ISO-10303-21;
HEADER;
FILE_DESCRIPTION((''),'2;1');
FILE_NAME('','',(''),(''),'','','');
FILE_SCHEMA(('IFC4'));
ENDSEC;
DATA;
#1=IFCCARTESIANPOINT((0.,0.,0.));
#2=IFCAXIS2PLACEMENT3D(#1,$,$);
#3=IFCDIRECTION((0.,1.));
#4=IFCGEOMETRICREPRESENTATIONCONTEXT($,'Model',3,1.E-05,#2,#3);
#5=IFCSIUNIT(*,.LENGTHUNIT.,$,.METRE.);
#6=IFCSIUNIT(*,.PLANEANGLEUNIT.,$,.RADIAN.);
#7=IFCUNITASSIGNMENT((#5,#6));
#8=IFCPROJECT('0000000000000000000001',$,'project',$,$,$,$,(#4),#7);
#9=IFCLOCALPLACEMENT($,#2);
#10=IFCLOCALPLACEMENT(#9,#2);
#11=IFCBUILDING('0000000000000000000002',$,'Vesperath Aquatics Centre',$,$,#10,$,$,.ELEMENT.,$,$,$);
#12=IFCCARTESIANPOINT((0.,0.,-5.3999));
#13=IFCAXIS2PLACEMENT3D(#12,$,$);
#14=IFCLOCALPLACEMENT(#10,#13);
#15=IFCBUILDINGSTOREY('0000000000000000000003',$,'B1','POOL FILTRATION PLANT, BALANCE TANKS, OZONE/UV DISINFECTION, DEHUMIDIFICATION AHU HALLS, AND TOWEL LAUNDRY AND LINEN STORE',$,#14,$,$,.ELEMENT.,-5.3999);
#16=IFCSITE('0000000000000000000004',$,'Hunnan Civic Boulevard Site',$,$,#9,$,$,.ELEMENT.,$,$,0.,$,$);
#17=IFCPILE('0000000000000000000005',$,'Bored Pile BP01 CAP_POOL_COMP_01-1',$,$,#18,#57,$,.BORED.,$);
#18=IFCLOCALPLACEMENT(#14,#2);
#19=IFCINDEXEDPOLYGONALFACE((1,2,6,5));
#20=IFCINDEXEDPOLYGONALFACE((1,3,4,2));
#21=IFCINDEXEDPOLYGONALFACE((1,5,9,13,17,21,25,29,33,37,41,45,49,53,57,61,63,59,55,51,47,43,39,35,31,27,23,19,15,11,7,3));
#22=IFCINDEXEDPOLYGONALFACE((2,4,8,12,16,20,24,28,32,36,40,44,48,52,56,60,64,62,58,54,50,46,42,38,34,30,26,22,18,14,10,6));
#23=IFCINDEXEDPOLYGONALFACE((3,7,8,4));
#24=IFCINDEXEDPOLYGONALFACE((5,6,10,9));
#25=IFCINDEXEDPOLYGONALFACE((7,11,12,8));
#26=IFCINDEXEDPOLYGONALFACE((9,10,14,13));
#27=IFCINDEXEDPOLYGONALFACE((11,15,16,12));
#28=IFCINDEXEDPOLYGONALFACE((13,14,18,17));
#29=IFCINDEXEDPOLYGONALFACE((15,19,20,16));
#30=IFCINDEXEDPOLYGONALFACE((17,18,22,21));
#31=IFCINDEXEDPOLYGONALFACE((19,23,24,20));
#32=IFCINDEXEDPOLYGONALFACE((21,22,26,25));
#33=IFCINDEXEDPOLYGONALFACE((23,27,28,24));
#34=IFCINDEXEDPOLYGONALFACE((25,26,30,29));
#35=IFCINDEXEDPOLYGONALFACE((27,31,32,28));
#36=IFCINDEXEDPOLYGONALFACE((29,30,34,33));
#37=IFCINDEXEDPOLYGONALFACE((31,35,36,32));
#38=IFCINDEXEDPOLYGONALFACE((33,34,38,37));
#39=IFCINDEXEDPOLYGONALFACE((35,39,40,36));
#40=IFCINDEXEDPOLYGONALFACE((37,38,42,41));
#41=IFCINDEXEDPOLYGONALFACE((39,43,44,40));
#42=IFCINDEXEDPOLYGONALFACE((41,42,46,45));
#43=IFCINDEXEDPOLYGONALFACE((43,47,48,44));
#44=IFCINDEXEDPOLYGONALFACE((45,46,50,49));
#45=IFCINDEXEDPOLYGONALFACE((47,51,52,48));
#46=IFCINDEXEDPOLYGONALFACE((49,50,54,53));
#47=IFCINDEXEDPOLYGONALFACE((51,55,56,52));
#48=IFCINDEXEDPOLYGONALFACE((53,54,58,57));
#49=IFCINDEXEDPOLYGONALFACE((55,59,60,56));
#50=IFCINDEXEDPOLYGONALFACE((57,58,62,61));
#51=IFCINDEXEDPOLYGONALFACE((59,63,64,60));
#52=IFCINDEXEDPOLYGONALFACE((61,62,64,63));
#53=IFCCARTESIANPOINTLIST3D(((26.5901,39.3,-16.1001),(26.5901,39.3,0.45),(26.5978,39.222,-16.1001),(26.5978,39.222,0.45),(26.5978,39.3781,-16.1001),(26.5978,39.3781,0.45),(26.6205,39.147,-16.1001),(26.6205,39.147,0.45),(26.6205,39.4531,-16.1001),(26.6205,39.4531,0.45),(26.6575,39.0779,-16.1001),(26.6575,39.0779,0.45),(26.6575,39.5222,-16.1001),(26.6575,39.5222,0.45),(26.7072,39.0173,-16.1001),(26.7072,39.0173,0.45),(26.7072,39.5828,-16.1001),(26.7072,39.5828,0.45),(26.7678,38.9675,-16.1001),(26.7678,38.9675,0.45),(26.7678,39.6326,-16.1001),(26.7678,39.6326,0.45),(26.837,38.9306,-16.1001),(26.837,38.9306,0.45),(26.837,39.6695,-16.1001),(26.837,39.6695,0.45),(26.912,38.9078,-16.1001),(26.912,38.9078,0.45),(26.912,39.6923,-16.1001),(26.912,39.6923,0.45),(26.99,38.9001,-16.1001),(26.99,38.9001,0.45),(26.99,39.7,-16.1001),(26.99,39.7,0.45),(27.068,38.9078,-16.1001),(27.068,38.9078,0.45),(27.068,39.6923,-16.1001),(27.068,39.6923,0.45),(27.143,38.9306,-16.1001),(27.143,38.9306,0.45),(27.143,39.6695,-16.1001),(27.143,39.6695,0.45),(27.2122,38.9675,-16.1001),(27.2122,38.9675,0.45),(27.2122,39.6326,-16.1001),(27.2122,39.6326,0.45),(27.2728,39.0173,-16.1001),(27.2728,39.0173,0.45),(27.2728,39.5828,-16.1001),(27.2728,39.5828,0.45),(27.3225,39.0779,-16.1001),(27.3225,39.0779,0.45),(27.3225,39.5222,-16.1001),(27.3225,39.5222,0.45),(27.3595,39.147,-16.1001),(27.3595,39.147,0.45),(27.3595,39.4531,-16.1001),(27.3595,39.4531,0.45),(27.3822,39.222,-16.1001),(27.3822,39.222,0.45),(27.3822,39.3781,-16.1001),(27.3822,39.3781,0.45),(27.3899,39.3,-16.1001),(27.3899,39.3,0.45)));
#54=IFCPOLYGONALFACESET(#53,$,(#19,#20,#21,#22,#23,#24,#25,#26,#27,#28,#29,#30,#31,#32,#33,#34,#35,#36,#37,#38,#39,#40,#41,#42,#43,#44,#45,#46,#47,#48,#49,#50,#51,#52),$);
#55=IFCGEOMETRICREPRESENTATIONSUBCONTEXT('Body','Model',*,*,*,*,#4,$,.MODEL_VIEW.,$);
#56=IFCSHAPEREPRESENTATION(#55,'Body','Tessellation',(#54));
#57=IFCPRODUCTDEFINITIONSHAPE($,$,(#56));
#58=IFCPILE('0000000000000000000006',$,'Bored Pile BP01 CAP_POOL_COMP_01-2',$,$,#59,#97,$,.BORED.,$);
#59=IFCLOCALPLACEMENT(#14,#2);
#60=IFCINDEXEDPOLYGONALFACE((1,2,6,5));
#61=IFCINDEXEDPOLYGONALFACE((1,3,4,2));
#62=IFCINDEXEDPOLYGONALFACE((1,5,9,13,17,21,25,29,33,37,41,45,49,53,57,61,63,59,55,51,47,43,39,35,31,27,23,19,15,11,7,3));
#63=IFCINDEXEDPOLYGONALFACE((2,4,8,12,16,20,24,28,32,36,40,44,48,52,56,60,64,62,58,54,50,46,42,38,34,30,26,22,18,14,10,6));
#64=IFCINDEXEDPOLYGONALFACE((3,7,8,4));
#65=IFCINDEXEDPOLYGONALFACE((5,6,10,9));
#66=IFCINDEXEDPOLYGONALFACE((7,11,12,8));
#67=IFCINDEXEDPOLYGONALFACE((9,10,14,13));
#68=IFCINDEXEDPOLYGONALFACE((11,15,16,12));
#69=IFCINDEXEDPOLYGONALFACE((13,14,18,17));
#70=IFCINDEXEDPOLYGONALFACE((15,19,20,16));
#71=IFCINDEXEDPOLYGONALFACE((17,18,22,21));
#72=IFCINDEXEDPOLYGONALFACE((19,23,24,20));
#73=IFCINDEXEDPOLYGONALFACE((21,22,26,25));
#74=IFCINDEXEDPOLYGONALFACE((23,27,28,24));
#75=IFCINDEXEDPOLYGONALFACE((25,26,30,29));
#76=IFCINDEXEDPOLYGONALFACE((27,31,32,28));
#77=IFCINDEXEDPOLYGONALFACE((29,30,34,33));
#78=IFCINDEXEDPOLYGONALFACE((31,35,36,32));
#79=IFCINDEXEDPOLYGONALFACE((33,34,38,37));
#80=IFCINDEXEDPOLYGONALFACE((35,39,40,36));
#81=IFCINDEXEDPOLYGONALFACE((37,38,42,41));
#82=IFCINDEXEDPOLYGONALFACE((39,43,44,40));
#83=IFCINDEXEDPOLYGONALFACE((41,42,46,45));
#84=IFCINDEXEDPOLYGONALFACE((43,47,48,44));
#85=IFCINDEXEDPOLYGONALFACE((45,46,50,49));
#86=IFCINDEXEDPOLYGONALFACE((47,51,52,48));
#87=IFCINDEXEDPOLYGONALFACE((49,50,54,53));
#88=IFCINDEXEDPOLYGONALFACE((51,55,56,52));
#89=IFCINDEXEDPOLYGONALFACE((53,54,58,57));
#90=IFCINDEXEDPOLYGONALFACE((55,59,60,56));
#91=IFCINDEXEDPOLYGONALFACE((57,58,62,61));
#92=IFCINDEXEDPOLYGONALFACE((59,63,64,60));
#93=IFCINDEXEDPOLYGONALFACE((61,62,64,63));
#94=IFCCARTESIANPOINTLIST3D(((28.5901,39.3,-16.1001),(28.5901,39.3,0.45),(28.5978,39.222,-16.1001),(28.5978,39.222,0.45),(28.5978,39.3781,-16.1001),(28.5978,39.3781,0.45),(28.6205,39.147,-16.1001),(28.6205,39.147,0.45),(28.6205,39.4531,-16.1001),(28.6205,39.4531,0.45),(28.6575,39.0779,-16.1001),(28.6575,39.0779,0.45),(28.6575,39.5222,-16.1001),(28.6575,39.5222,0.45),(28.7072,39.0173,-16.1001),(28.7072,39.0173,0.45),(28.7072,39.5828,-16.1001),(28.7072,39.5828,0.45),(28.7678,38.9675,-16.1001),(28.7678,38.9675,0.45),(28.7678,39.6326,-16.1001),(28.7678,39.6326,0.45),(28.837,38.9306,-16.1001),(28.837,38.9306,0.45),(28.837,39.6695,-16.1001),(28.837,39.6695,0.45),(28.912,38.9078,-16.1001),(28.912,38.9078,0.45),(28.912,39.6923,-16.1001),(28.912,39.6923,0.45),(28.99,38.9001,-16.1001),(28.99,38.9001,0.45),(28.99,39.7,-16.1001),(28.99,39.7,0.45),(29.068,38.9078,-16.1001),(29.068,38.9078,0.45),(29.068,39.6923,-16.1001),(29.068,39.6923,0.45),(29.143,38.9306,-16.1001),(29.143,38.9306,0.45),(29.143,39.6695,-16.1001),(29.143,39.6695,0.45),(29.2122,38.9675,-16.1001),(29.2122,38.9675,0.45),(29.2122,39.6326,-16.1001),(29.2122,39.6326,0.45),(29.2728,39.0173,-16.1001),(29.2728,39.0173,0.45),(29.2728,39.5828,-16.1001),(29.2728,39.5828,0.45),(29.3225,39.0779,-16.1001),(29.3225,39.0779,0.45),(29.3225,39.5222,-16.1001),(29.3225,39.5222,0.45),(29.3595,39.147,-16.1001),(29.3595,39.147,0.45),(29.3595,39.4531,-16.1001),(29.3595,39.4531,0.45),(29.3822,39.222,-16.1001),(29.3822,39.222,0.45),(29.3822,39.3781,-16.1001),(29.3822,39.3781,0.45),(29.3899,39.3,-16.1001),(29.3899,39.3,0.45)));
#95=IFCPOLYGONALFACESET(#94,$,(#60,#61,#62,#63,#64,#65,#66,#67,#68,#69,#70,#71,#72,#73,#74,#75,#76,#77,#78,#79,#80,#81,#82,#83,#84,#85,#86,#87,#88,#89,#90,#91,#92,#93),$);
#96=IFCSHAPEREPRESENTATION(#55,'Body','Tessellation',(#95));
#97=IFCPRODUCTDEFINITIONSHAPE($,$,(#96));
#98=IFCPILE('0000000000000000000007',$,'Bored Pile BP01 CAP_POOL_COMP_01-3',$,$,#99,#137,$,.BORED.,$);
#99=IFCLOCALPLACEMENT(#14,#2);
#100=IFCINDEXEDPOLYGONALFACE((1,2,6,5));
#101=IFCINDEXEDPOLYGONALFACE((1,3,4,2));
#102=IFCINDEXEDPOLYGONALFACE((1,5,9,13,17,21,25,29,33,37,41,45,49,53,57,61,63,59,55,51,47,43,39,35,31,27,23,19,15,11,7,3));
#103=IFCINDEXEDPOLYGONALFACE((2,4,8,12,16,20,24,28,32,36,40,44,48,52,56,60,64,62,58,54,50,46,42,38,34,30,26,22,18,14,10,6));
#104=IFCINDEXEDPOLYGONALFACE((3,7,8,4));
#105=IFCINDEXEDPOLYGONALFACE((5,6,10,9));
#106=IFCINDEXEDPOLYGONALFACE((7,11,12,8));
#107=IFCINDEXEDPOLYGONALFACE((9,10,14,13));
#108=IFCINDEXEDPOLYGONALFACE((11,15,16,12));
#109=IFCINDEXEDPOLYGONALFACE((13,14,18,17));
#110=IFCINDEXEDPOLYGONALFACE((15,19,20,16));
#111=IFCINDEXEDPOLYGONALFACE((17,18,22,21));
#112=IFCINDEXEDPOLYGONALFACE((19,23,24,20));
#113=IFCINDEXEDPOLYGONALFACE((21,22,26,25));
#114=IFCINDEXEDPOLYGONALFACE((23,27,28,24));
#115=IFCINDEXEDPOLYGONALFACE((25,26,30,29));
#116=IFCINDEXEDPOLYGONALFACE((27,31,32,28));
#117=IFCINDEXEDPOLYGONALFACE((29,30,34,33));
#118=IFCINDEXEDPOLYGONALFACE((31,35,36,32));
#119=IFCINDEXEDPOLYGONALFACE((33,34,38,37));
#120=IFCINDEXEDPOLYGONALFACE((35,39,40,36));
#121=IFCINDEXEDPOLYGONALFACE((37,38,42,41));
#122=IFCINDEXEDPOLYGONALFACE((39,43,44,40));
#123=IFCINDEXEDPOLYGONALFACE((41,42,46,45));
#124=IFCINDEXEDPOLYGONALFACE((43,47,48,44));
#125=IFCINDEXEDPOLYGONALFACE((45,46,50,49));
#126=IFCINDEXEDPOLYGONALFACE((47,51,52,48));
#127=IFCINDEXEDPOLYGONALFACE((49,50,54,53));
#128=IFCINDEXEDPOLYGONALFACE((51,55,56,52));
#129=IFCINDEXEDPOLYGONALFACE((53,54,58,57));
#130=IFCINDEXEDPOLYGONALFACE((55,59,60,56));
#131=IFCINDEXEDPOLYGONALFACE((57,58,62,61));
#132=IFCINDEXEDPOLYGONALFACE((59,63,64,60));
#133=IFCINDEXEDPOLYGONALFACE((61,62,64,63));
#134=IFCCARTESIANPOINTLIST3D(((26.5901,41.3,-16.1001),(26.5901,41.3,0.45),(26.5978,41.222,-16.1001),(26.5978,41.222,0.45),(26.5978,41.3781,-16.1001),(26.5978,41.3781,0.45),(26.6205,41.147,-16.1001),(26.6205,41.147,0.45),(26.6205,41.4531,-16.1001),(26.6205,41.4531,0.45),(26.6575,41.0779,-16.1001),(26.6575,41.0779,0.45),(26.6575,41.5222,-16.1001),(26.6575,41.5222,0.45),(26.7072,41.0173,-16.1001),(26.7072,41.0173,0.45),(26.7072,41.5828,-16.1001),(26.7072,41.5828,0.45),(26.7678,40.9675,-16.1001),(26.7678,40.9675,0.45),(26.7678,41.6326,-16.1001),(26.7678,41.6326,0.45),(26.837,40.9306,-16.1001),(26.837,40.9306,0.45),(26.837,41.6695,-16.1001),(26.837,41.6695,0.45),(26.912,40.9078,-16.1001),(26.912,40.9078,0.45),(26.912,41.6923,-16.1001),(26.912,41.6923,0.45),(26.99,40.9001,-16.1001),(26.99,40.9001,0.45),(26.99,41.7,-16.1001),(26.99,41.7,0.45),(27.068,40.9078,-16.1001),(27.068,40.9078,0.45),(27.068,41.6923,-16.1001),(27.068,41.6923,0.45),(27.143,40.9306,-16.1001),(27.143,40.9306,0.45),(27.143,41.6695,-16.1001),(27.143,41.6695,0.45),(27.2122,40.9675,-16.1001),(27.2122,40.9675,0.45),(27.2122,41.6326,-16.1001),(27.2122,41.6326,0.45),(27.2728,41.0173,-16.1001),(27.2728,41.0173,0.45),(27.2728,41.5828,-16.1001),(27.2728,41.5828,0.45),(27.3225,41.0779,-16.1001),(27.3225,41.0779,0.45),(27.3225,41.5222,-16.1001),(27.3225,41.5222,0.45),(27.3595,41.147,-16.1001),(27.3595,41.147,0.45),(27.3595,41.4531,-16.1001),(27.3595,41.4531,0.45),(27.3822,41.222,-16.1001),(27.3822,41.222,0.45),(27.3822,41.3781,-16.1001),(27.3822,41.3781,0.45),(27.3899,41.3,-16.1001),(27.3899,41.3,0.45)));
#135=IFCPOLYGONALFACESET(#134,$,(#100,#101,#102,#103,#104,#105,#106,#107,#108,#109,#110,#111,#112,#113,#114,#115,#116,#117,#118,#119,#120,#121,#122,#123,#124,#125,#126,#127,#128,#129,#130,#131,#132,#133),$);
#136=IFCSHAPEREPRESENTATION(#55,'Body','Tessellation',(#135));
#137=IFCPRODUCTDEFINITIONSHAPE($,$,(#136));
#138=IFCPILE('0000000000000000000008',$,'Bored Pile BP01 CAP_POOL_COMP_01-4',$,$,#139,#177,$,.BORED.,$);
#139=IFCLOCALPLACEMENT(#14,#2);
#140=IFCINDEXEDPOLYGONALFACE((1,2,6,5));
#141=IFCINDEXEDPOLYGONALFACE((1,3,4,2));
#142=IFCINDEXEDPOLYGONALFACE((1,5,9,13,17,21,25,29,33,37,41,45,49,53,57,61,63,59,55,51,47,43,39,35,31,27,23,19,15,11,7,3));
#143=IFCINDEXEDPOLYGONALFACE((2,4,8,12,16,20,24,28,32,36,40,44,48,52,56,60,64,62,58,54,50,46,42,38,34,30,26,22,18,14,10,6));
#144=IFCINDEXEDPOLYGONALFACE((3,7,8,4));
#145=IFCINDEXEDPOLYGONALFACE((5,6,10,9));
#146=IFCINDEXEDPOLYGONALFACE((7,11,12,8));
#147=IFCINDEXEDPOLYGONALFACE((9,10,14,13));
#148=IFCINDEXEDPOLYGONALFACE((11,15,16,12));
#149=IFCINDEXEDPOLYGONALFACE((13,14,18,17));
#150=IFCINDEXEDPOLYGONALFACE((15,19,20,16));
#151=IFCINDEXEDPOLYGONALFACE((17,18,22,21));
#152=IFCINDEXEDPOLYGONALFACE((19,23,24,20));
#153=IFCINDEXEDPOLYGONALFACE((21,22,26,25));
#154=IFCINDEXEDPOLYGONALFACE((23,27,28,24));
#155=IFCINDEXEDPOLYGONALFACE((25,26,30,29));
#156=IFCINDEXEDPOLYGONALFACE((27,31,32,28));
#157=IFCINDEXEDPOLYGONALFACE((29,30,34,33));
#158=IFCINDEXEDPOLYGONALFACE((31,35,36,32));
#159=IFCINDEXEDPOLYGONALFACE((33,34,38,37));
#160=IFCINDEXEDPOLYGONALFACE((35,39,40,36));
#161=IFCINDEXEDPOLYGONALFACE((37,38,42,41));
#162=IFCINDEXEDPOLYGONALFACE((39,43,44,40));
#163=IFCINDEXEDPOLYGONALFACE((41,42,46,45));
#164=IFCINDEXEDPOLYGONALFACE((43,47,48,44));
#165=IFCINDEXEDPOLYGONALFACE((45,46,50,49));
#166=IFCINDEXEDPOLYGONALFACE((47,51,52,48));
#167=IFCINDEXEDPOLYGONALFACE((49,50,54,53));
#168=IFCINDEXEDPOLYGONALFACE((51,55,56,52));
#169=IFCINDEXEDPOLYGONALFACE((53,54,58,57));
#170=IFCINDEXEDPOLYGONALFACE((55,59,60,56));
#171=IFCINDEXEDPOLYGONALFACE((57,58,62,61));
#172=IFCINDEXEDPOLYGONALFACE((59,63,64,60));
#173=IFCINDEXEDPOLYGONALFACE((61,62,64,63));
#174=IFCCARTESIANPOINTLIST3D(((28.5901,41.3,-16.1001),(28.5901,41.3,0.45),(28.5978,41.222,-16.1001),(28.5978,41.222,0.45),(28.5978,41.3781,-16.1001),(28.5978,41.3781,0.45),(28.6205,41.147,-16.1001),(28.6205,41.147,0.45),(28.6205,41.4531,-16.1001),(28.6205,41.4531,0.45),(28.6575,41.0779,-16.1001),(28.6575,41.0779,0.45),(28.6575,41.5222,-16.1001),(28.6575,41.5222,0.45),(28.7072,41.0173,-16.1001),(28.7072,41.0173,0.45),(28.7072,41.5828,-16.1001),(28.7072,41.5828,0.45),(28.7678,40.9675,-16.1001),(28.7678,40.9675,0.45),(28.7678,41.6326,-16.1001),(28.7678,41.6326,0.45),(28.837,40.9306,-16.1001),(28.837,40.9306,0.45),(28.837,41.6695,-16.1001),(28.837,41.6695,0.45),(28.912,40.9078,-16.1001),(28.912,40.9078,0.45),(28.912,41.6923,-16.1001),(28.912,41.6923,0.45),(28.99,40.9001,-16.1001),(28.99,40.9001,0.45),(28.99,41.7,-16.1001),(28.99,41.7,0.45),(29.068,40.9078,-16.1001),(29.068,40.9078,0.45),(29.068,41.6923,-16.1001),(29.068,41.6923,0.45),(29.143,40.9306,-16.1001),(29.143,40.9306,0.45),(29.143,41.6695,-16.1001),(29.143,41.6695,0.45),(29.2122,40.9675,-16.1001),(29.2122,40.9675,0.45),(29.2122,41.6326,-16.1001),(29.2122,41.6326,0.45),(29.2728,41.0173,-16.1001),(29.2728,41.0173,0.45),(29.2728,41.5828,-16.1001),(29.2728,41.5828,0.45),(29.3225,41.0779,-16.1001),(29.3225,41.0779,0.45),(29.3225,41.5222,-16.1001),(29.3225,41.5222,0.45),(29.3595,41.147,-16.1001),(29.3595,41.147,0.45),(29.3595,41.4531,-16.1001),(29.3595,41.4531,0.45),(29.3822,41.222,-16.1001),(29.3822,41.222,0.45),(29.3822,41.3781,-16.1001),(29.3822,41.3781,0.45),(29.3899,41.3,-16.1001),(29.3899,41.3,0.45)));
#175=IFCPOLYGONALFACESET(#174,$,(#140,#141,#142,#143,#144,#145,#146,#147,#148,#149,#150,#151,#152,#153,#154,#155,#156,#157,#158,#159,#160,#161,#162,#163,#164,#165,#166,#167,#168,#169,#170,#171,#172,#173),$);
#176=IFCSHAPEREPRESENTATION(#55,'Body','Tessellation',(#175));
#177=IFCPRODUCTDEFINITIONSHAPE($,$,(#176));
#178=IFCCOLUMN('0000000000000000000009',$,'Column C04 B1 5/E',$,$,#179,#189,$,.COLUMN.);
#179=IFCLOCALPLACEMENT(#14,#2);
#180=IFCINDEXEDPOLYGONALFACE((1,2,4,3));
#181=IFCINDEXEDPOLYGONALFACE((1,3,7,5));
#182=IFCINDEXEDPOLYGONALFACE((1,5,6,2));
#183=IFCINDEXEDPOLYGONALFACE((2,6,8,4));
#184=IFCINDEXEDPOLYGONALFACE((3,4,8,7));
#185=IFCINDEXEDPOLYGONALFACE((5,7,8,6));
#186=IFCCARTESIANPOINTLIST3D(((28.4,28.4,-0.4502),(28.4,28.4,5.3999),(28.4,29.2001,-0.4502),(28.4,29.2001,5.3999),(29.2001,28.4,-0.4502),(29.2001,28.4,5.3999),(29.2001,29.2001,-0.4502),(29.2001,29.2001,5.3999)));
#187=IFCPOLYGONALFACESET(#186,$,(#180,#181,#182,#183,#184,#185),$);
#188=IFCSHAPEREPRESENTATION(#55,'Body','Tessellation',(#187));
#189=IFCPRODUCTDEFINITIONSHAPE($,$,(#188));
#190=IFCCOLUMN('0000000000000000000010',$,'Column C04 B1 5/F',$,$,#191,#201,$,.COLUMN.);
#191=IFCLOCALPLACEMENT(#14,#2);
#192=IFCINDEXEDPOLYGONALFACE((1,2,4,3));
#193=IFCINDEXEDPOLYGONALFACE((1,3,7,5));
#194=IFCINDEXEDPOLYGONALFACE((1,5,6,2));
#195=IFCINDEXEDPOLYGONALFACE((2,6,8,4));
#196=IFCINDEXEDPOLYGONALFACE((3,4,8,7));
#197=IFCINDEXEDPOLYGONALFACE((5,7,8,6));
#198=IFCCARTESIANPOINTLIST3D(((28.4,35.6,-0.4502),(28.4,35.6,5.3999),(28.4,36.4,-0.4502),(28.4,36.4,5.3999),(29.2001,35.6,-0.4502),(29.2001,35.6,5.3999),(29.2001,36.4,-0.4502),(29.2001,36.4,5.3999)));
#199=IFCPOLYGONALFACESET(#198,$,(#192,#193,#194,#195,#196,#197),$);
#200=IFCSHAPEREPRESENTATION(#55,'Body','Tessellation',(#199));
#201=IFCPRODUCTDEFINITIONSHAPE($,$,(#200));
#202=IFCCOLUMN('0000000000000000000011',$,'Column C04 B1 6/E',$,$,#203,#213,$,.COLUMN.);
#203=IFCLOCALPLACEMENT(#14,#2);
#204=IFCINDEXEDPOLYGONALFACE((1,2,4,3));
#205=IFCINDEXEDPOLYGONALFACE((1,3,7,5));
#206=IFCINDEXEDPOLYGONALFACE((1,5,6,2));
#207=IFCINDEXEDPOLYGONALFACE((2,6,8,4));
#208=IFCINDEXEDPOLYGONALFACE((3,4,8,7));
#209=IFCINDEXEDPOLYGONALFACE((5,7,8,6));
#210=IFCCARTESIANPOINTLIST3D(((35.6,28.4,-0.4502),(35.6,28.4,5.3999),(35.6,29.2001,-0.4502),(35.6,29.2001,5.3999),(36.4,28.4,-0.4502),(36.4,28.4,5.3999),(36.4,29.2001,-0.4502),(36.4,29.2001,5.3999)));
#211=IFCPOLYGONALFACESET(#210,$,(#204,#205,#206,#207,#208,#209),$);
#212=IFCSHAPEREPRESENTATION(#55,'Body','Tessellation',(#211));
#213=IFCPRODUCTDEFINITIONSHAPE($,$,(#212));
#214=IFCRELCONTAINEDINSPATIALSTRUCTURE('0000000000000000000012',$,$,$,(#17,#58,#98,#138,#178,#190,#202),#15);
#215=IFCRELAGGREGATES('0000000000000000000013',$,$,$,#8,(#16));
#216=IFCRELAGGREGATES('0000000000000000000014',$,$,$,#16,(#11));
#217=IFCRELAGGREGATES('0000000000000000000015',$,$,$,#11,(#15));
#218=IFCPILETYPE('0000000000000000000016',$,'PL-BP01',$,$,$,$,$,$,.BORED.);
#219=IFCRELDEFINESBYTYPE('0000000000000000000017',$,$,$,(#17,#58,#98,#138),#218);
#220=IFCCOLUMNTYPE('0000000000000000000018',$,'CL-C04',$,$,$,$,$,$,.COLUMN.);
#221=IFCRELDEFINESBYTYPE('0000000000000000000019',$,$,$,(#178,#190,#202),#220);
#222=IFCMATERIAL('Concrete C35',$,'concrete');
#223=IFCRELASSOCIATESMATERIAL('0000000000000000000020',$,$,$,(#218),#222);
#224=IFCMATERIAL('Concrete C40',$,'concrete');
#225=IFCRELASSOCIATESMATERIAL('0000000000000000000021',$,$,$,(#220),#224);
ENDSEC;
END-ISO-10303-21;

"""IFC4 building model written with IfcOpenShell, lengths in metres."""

from ifc_helpers import new_model, si_unit, direction, frame, origin, origin_2d, place, context, subcontext, project, spatial, rectangle, circle, extrude, material, material_profile, profile_set, type_object, element, save


model = new_model("IFC4")

# Units and contexts
model_context = context("Model", 3, precision=1e-05, world=origin(), true_north=direction((0.0, 1.0)))
body_context = subcontext(model_context, "Body", "Model", "MODEL_VIEW")
ifc_project = project(units=[si_unit("LENGTHUNIT", "METRE"), si_unit("PLANEANGLEUNIT", "RADIAN")], contexts=[model_context])

# Site, building, storey
site_placement = place(None, origin())
site = spatial("IfcSite", under=ifc_project, at=site_placement, Name="Hunnan Civic Boulevard Site", CompositionType="ELEMENT", RefElevation=0.0)
building_placement = place(site_placement, origin())
building = spatial("IfcBuilding", under=site, at=building_placement, Name="Vesperath Aquatics Centre", CompositionType="ELEMENT")
storey_placement = place(building_placement, frame((0.0, 0.0, -5.3999)))
storey = spatial("IfcBuildingStorey", under=building, at=storey_placement, Name="B1", Description="POOL FILTRATION PLANT, BALANCE TANKS, OZONE/UV DISINFECTION, DEHUMIDIFICATION AHU HALLS, AND TOWEL LAUNDRY AND LINEN STORE", CompositionType="ELEMENT", Elevation=-5.3999)

# Shared definitions
ifc_material_1 = material(Name="Concrete C40", Category="concrete")

# Piles
ifc_material_2 = material(Name="Concrete C35", Category="concrete")
ifc_material_profile_1 = material_profile(ifc_material_2, circle(Radius=0.3999, at=origin_2d()), Name="PILE D800")
ifc_profile_set_1 = profile_set([ifc_material_profile_1], Name="Concrete C35")
pile_type = type_object("IfcPileType", Name="PL-BP01", PredefinedType="BORED", material=ifc_profile_set_1)
for number, where, z_axis, x_axis, name in (
    (1, (26.99, 39.3, 0.45), (0.0, 0.0, -1.0), (1.0, 0.0, 0.0), "Bored Pile BP01 CAP_POOL_COMP_01-1"),
    (2, (28.99, 39.3, 0.45), (0.0, 0.0, -1.0), (1.0, 0.0, 0.0), "Bored Pile BP01 CAP_POOL_COMP_01-2"),
    (3, (26.99, 41.3, 0.45), (0.0, 0.0, -1.0), (1.0, 0.0, 0.0), "Bored Pile BP01 CAP_POOL_COMP_01-3"),
    (4, (28.99, 41.3, 0.45), (0.0, 0.0, -1.0), (1.0, 0.0, 0.0), "Bored Pile BP01 CAP_POOL_COMP_01-4"),
):
    element("IfcPile", number, at=place(storey_placement, frame(where, z_axis=z_axis, x_axis=x_axis)), inside=storey, type_object=pile_type, Name=name, PredefinedType="BORED", context=body_context, shape_type="SweptSolid", body=[
        extrude(circle(Radius=0.3999, at=origin_2d()), origin(), (0.0, 0.0, 1.0), 16.55),
    ])

# Columns
ifc_material_profile_2 = material_profile(ifc_material_1, rectangle(XDim=0.8, YDim=0.8, at=origin_2d()), Name="RC 800x800")
ifc_profile_set_2 = profile_set([ifc_material_profile_2], Name="Concrete C40")
column_type_1 = type_object("IfcColumnType", Name="CL-C04", PredefinedType="COLUMN", material=ifc_profile_set_2)
for number, where, z_axis, x_axis, name in (
    (5, (28.8, 28.8, -0.4502), (0.0, 0.0, 1.0), (1.0, 0.0, 0.0), "Column C04 B1 5/E"),
    (6, (28.8, 36.0, -0.4502), (0.0, 0.0, 1.0), (1.0, 0.0, 0.0), "Column C04 B1 5/F"),
    (7, (36.0, 28.8, -0.4502), (0.0, 0.0, 1.0), (1.0, 0.0, 0.0), "Column C04 B1 6/E"),
):
    element("IfcColumn", number, at=place(storey_placement, frame(where, z_axis=z_axis, x_axis=x_axis)), inside=storey, type_object=column_type_1, Name=name, PredefinedType="COLUMN", context=body_context, shape_type="SweptSolid", body=[
        extrude(rectangle(XDim=0.8, YDim=0.8, at=origin_2d()), origin(), (0.0, 0.0, 1.0), 5.8501),
    ])

save(model, "model.ifc")
